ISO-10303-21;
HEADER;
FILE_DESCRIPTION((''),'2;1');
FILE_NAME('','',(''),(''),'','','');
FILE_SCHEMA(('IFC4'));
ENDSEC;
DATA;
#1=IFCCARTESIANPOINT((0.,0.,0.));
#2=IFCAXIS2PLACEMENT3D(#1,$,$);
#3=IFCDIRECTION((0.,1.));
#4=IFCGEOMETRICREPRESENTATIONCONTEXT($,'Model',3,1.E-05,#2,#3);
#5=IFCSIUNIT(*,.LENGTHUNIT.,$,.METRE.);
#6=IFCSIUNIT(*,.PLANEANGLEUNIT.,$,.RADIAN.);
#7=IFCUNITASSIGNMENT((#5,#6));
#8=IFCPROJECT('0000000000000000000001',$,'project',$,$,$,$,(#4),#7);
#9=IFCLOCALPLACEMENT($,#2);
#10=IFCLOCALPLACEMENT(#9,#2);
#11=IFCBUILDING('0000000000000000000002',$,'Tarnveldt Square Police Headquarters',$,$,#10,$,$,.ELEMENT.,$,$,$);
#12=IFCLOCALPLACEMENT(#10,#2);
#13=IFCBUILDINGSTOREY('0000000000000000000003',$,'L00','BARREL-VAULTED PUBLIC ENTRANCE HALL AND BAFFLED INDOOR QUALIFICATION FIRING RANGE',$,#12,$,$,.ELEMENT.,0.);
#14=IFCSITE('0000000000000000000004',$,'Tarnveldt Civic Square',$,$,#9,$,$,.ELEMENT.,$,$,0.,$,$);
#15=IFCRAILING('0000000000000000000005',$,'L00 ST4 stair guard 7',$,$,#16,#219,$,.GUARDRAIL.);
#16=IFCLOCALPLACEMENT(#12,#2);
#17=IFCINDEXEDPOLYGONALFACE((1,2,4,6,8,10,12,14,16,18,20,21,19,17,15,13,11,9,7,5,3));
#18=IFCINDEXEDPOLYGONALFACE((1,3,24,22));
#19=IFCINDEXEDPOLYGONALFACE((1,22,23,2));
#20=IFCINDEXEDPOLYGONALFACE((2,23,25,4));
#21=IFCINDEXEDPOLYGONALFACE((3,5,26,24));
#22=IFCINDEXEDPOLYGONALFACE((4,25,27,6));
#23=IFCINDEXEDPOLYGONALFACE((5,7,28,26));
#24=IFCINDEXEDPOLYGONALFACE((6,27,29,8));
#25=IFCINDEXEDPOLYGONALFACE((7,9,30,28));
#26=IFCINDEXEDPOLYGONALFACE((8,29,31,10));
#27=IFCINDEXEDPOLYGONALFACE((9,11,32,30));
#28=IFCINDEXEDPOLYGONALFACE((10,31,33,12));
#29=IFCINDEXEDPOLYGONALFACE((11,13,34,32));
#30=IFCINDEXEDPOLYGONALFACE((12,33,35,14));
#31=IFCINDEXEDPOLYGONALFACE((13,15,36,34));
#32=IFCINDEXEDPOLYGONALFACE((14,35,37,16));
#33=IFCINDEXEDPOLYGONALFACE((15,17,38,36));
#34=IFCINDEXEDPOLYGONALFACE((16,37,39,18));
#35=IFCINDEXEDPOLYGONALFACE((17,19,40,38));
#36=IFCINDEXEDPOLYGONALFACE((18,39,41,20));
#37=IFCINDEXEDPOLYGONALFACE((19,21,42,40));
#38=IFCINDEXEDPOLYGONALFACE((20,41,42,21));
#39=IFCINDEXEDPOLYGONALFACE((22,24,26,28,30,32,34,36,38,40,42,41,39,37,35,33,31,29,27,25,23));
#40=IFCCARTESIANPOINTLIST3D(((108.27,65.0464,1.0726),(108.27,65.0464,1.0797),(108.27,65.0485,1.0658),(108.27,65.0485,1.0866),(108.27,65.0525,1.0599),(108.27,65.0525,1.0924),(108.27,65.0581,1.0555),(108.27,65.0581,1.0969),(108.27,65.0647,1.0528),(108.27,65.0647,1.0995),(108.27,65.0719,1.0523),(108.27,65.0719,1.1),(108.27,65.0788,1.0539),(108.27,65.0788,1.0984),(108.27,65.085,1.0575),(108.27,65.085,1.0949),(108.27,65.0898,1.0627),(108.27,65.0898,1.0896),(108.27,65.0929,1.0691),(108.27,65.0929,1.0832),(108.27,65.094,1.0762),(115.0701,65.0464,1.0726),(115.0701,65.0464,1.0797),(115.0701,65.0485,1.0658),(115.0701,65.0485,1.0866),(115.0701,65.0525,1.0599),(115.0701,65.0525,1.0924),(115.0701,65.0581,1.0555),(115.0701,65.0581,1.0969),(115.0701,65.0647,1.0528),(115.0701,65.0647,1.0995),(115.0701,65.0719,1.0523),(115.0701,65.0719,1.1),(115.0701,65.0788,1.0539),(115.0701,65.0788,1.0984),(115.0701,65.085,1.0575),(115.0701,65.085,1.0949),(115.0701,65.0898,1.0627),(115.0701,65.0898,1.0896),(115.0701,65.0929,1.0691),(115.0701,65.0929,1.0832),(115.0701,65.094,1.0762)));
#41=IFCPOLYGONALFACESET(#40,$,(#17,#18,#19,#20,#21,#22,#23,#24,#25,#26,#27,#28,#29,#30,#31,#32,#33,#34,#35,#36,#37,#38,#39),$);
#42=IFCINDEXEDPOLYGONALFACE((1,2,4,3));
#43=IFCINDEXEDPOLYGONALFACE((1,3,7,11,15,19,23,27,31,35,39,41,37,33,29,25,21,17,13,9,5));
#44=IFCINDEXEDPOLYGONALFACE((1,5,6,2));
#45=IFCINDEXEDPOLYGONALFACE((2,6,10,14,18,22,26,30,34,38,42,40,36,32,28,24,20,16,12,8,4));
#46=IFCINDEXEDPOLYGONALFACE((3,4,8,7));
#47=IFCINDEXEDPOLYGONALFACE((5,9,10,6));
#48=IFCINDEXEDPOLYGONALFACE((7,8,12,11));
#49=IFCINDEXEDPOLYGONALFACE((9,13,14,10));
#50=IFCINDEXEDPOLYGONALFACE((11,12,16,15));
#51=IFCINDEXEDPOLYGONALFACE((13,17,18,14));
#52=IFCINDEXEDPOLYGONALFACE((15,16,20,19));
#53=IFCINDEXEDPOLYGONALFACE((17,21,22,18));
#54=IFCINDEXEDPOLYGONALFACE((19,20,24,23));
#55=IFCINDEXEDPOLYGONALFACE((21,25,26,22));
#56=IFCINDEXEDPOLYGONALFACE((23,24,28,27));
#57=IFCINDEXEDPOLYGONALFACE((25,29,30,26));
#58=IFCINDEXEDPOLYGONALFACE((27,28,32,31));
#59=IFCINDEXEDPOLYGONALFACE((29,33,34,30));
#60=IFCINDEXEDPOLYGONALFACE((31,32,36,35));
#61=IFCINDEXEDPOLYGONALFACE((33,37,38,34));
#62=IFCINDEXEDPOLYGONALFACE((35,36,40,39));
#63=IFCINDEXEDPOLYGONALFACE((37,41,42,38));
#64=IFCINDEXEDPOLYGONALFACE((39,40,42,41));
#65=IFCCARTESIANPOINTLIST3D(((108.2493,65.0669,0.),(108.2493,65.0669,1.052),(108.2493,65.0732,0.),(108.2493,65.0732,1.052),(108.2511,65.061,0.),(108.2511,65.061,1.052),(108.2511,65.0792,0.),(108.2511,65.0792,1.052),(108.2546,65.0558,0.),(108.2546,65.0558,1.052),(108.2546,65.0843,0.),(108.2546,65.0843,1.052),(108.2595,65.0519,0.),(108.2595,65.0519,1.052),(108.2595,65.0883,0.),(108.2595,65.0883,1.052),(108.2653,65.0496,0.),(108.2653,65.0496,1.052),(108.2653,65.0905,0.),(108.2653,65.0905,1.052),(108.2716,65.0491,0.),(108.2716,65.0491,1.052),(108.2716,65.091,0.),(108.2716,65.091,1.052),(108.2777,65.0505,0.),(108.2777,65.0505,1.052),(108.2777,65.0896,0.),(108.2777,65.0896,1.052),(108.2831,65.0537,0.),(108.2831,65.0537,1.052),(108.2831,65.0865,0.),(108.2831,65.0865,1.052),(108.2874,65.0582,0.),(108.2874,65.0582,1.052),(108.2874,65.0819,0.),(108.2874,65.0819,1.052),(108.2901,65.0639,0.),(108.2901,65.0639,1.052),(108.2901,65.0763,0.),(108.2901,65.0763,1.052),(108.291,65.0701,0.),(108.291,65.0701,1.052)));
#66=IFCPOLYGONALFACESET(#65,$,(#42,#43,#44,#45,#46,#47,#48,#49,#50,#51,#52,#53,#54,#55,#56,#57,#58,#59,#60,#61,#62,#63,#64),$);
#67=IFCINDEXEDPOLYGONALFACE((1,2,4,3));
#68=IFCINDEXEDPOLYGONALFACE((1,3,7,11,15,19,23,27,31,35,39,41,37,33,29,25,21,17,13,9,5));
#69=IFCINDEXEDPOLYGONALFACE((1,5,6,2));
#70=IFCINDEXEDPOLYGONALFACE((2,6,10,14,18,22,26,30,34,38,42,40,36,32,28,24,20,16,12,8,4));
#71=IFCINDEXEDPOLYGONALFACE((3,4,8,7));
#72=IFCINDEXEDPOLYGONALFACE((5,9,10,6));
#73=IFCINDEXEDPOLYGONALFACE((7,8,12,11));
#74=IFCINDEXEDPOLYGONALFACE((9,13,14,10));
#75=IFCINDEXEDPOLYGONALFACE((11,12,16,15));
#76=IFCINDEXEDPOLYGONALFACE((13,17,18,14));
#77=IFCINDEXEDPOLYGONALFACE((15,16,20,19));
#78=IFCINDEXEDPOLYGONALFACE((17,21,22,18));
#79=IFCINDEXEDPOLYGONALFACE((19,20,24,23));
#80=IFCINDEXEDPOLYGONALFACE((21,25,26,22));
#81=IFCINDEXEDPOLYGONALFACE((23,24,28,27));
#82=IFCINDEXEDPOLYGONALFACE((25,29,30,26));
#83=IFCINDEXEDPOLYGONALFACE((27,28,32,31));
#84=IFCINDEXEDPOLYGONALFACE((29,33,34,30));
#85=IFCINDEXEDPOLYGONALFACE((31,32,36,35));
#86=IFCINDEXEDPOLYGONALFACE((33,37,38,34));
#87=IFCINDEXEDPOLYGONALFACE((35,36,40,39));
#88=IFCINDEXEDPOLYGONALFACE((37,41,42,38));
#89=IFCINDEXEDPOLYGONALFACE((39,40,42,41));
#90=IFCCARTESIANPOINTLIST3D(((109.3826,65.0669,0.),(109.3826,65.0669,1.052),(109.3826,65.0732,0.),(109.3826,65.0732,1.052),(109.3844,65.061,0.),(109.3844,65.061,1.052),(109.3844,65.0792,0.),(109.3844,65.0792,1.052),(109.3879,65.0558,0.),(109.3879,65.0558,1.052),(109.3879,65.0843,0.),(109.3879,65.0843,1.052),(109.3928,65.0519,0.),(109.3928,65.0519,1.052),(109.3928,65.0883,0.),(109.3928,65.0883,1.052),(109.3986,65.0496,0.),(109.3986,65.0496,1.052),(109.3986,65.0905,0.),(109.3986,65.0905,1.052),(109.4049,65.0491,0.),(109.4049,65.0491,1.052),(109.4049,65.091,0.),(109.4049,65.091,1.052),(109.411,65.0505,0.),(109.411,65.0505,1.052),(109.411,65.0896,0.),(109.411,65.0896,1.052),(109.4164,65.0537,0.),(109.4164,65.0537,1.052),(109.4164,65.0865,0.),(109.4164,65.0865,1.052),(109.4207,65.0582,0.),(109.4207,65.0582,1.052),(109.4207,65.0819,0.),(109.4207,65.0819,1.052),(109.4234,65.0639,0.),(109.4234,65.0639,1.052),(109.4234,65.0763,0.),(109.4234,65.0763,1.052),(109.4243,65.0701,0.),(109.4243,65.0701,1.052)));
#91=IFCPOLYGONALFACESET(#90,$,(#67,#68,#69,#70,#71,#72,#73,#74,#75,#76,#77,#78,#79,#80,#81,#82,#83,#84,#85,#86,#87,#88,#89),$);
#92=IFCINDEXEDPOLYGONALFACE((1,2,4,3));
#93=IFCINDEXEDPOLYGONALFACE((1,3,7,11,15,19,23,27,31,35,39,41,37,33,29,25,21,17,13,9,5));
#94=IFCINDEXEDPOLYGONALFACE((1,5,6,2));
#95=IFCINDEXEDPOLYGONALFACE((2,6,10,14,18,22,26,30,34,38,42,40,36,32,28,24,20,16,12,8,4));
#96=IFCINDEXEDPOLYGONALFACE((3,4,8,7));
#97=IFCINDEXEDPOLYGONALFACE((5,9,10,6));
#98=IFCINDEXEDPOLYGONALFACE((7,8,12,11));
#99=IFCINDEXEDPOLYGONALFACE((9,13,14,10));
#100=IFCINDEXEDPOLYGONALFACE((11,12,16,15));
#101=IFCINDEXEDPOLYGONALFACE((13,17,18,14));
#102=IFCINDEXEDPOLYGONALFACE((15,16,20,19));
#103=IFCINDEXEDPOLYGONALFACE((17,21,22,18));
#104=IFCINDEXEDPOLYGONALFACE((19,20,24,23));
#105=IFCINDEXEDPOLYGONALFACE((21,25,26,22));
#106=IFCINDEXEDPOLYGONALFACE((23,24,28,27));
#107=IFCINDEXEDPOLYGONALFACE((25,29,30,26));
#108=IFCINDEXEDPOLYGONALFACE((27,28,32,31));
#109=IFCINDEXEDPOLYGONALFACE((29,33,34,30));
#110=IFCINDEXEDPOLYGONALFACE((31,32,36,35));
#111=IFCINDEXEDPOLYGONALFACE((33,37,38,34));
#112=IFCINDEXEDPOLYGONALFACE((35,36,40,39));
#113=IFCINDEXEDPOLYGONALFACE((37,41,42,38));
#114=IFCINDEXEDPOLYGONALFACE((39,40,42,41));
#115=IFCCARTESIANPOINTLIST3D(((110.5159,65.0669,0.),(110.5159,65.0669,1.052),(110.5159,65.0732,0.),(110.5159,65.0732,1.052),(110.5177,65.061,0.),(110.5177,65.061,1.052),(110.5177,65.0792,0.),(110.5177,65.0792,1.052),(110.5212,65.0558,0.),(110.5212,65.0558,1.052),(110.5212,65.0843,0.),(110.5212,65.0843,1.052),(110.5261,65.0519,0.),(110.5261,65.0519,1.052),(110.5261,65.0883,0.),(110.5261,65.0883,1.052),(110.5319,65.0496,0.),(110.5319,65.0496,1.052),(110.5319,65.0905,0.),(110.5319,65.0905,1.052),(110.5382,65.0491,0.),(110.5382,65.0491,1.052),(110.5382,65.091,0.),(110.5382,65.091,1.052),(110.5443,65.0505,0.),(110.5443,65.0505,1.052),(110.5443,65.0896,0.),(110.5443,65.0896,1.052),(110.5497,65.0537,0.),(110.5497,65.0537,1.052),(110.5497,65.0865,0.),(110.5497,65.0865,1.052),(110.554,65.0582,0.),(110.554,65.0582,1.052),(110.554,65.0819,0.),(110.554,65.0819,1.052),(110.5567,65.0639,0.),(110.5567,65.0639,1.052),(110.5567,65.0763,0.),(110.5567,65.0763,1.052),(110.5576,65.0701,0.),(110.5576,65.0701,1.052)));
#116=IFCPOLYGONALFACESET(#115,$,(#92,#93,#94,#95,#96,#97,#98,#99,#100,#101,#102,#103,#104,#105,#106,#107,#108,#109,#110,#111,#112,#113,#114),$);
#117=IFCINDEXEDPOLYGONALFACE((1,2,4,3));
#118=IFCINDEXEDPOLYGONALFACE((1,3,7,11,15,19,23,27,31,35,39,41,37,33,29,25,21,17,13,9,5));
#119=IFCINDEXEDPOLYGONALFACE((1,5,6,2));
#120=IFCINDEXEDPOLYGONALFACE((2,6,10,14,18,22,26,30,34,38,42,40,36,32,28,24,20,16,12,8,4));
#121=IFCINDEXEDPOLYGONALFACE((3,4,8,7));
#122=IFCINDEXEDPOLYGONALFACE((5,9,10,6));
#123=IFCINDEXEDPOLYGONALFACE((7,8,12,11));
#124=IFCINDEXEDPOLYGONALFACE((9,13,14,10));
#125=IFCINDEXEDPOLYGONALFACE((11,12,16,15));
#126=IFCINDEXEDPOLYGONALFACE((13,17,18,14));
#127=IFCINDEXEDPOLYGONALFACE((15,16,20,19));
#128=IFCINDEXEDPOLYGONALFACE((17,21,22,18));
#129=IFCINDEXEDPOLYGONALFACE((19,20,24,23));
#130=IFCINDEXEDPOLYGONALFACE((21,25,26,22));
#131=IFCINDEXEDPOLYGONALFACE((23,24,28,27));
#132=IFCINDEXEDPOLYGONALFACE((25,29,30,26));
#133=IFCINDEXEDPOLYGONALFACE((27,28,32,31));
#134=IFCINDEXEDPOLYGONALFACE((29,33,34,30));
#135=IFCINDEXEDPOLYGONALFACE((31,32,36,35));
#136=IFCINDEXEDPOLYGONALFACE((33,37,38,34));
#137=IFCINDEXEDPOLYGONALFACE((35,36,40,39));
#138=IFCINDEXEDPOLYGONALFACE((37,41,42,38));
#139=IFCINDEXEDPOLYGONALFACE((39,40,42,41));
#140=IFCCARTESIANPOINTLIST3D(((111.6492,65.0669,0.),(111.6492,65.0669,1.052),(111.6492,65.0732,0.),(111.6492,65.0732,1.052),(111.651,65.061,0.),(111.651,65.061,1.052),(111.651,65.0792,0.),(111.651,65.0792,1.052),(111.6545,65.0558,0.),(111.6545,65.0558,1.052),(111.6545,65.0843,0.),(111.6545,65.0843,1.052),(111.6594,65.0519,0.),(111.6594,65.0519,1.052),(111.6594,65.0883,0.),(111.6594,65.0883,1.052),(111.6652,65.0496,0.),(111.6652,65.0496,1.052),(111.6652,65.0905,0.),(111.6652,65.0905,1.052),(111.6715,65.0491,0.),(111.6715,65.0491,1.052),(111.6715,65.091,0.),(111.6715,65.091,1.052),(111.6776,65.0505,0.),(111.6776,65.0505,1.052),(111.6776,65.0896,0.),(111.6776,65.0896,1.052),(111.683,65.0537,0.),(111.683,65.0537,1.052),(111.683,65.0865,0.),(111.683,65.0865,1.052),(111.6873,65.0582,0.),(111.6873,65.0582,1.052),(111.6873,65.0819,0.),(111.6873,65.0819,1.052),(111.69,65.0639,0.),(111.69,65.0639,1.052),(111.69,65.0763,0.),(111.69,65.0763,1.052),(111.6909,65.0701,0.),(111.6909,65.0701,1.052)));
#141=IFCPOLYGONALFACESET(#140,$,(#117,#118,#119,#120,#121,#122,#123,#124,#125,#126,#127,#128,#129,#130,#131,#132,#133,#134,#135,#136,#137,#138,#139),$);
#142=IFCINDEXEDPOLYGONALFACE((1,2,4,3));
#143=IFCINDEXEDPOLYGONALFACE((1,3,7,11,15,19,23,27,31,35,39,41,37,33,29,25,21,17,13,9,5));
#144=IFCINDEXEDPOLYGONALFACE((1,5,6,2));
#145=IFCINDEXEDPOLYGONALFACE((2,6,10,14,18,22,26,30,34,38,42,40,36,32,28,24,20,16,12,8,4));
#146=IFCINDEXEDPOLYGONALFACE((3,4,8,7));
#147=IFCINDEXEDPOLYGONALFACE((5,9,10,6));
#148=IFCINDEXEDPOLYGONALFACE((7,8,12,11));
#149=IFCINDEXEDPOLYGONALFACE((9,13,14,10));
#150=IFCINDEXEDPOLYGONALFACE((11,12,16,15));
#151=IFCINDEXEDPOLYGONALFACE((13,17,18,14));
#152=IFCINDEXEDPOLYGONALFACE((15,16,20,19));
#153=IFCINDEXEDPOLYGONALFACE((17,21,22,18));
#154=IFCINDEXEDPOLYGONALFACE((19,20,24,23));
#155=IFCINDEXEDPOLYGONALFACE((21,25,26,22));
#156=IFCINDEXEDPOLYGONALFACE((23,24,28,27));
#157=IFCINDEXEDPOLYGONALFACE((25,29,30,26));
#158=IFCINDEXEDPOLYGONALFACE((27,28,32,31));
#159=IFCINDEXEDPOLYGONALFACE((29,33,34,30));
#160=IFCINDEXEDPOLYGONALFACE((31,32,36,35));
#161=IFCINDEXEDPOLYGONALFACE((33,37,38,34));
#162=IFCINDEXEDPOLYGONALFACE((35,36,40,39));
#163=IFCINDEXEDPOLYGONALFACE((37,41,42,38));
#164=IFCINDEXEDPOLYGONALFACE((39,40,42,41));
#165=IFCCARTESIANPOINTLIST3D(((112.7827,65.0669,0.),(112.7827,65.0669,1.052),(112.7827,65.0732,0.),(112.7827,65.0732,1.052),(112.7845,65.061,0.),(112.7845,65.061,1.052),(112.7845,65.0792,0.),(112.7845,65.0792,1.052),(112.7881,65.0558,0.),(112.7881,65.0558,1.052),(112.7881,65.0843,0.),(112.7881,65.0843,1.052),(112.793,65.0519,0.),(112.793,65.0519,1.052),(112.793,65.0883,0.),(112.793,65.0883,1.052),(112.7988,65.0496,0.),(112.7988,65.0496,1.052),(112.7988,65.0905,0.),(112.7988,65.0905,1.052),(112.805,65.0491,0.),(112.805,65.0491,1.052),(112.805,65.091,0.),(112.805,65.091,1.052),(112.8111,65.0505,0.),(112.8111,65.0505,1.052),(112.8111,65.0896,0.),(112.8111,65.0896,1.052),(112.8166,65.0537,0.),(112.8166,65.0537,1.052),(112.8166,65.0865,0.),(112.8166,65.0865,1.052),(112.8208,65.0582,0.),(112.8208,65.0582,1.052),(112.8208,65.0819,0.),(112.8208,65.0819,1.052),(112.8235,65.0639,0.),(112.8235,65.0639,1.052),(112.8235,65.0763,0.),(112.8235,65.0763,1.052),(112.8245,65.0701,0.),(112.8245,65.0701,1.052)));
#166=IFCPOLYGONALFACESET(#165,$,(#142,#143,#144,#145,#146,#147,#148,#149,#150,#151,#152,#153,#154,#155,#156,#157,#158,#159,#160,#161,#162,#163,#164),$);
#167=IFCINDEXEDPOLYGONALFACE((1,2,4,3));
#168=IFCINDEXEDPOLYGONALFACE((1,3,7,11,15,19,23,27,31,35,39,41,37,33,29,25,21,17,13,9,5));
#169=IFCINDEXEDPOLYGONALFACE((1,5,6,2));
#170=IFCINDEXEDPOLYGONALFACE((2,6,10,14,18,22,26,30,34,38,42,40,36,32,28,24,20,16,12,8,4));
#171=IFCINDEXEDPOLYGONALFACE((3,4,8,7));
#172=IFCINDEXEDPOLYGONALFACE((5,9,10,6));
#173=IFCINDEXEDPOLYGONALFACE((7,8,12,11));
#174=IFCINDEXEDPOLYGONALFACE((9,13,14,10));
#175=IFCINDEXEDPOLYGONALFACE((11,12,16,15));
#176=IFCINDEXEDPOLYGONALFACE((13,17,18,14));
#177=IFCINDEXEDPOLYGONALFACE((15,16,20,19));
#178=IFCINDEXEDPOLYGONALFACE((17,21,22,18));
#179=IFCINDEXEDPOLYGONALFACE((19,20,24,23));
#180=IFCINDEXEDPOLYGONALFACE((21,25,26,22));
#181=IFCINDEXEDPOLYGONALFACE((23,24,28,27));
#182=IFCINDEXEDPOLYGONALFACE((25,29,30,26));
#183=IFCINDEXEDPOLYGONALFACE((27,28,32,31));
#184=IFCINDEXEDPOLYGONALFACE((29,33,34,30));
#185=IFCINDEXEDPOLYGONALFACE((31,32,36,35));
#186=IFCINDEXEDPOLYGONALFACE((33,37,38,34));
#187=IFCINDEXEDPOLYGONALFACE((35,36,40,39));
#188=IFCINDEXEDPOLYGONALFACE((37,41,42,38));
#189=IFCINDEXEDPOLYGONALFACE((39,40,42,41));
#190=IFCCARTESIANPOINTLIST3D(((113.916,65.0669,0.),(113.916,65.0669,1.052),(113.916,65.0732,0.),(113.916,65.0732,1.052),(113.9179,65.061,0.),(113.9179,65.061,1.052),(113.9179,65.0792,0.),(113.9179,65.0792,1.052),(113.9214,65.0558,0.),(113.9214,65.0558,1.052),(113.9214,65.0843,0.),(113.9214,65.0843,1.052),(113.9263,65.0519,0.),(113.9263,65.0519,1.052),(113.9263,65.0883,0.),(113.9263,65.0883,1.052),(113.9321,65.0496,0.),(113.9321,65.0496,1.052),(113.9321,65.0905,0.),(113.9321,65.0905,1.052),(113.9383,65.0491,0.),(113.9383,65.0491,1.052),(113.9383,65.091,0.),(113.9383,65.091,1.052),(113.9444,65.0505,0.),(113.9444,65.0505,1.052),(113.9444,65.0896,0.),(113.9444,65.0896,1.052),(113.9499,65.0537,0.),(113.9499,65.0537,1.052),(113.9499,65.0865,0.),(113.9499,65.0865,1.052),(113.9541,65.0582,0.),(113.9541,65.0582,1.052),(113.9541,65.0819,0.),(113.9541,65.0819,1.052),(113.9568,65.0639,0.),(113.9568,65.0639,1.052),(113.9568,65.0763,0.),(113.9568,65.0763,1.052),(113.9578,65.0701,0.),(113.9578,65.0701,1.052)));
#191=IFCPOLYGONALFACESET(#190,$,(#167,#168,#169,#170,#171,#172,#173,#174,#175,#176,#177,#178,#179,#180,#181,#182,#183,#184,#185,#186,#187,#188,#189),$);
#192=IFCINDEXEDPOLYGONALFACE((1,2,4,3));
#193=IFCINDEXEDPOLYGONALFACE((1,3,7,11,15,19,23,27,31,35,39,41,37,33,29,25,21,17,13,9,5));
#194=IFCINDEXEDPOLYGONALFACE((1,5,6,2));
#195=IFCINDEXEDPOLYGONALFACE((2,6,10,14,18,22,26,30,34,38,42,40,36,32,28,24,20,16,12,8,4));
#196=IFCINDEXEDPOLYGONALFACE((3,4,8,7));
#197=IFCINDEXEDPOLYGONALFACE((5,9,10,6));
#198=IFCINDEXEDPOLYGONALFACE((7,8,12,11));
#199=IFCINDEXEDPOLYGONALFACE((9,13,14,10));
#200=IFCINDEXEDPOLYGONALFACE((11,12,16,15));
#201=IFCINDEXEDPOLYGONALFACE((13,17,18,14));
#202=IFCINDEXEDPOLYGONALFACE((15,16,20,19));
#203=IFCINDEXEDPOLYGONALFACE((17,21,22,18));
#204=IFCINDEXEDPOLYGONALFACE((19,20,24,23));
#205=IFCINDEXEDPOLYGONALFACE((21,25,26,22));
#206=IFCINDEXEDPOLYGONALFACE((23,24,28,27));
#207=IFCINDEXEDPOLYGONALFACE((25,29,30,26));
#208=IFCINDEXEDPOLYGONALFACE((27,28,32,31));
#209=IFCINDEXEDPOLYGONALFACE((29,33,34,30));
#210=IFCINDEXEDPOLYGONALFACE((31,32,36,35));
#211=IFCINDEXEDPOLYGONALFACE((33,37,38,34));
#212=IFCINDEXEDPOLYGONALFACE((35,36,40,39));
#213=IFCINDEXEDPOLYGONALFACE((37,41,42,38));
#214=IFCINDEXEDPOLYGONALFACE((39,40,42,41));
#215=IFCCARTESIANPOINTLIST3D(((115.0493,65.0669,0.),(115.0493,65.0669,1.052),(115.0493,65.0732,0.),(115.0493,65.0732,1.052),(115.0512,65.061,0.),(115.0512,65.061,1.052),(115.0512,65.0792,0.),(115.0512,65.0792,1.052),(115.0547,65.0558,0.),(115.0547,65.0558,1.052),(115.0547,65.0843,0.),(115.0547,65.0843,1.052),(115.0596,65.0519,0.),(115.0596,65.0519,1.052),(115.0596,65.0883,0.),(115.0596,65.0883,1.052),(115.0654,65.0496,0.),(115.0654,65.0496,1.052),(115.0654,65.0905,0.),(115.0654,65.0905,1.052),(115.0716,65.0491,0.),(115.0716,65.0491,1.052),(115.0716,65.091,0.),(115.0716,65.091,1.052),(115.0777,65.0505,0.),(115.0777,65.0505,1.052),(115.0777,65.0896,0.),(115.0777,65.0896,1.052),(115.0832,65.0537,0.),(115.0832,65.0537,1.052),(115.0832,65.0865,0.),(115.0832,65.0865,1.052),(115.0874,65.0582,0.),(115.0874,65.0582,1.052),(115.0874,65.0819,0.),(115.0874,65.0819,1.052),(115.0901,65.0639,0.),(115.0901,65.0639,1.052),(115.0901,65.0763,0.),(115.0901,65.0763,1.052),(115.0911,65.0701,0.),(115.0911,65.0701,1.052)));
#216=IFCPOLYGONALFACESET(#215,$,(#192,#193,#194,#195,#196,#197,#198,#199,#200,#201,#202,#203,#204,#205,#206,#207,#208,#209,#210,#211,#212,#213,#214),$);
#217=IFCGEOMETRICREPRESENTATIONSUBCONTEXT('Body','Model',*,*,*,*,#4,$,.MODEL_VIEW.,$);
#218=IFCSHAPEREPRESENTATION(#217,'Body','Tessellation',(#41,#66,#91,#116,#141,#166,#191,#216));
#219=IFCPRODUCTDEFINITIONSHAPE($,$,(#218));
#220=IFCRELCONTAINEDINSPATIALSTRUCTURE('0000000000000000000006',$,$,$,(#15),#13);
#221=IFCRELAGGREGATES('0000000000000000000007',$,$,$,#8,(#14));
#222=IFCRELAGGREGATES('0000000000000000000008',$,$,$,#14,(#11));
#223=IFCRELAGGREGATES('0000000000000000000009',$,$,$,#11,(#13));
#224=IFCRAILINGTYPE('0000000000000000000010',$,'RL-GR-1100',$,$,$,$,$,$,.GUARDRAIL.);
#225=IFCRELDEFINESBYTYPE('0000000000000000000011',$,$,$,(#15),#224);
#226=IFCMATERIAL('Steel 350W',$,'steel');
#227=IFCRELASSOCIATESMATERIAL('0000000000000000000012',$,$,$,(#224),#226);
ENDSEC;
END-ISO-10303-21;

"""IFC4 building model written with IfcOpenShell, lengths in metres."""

from ifc_helpers import new_model, si_unit, direction, frame, origin, origin_2d, place, context, subcontext, project, spatial, circle, extrude, material, type_object, element, save


model = new_model("IFC4")

# Units and contexts
model_context = context("Model", 3, precision=1e-05, world=origin(), true_north=direction((0.0, 1.0)))
body_context = subcontext(model_context, "Body", "Model", "MODEL_VIEW")
ifc_project = project(units=[si_unit("LENGTHUNIT", "METRE"), si_unit("PLANEANGLEUNIT", "RADIAN")], contexts=[model_context])

# Site, building, storey
site_placement = place(None, origin())
site = spatial("IfcSite", under=ifc_project, at=site_placement, Name="Tarnveldt Civic Square", CompositionType="ELEMENT", RefElevation=0.0)
building_placement = place(site_placement, origin())
building = spatial("IfcBuilding", under=site, at=building_placement, Name="Tarnveldt Square Police Headquarters", CompositionType="ELEMENT")
storey_placement = place(building_placement, origin())
storey = spatial("IfcBuildingStorey", under=building, at=storey_placement, Name="L00", Description="BARREL-VAULTED PUBLIC ENTRANCE HALL AND BAFFLED INDOOR QUALIFICATION FIRING RANGE", CompositionType="ELEMENT", Elevation=0.0)

# Shared definitions
ifc_material_1 = material(Name="Steel 350W", Category="steel")

# Railing
railing_type_1 = type_object("IfcRailingType", Name="RL-GR-1100", PredefinedType="GUARDRAIL", material=ifc_material_1)
railing_1_placement = place(storey_placement, frame((108.27, 65.0701, 0.0)))
element("IfcRailing", 1, at=railing_1_placement, inside=storey, type_object=railing_type_1, Name="L00 ST4 stair guard 7", PredefinedType="GUARDRAIL", context=body_context, shape_type="SweptSolid", body=[
    extrude(circle(Radius=0.0239, at=origin_2d()), frame((0.0, 0.0, 1.0762), z_axis=(1.0, 0.0, 0.0), x_axis=(0.0, 1.0, 0.0)), (0.0, 0.0, 1.0), 6.8),
    extrude(circle(Radius=0.021, at=origin_2d()), origin(), (0.0, 0.0, 1.0), 1.052),
    extrude(circle(Radius=0.021, at=origin_2d()), frame((1.1333, 0.0, 0.0)), (0.0, 0.0, 1.0), 1.052),
    extrude(circle(Radius=0.021, at=origin_2d()), frame((2.2666, 0.0, 0.0)), (0.0, 0.0, 1.0), 1.052),
    extrude(circle(Radius=0.021, at=origin_2d()), frame((3.3999, 0.0, 0.0)), (0.0, 0.0, 1.0), 1.052),
    extrude(circle(Radius=0.021, at=origin_2d()), frame((4.5334, 0.0, 0.0)), (0.0, 0.0, 1.0), 1.052),
    extrude(circle(Radius=0.021, at=origin_2d()), frame((5.6667, 0.0, 0.0)), (0.0, 0.0, 1.0), 1.052),
    extrude(circle(Radius=0.021, at=origin_2d()), frame((6.8, 0.0, 0.0)), (0.0, 0.0, 1.0), 1.052),
])

save(model, "model.ifc")
